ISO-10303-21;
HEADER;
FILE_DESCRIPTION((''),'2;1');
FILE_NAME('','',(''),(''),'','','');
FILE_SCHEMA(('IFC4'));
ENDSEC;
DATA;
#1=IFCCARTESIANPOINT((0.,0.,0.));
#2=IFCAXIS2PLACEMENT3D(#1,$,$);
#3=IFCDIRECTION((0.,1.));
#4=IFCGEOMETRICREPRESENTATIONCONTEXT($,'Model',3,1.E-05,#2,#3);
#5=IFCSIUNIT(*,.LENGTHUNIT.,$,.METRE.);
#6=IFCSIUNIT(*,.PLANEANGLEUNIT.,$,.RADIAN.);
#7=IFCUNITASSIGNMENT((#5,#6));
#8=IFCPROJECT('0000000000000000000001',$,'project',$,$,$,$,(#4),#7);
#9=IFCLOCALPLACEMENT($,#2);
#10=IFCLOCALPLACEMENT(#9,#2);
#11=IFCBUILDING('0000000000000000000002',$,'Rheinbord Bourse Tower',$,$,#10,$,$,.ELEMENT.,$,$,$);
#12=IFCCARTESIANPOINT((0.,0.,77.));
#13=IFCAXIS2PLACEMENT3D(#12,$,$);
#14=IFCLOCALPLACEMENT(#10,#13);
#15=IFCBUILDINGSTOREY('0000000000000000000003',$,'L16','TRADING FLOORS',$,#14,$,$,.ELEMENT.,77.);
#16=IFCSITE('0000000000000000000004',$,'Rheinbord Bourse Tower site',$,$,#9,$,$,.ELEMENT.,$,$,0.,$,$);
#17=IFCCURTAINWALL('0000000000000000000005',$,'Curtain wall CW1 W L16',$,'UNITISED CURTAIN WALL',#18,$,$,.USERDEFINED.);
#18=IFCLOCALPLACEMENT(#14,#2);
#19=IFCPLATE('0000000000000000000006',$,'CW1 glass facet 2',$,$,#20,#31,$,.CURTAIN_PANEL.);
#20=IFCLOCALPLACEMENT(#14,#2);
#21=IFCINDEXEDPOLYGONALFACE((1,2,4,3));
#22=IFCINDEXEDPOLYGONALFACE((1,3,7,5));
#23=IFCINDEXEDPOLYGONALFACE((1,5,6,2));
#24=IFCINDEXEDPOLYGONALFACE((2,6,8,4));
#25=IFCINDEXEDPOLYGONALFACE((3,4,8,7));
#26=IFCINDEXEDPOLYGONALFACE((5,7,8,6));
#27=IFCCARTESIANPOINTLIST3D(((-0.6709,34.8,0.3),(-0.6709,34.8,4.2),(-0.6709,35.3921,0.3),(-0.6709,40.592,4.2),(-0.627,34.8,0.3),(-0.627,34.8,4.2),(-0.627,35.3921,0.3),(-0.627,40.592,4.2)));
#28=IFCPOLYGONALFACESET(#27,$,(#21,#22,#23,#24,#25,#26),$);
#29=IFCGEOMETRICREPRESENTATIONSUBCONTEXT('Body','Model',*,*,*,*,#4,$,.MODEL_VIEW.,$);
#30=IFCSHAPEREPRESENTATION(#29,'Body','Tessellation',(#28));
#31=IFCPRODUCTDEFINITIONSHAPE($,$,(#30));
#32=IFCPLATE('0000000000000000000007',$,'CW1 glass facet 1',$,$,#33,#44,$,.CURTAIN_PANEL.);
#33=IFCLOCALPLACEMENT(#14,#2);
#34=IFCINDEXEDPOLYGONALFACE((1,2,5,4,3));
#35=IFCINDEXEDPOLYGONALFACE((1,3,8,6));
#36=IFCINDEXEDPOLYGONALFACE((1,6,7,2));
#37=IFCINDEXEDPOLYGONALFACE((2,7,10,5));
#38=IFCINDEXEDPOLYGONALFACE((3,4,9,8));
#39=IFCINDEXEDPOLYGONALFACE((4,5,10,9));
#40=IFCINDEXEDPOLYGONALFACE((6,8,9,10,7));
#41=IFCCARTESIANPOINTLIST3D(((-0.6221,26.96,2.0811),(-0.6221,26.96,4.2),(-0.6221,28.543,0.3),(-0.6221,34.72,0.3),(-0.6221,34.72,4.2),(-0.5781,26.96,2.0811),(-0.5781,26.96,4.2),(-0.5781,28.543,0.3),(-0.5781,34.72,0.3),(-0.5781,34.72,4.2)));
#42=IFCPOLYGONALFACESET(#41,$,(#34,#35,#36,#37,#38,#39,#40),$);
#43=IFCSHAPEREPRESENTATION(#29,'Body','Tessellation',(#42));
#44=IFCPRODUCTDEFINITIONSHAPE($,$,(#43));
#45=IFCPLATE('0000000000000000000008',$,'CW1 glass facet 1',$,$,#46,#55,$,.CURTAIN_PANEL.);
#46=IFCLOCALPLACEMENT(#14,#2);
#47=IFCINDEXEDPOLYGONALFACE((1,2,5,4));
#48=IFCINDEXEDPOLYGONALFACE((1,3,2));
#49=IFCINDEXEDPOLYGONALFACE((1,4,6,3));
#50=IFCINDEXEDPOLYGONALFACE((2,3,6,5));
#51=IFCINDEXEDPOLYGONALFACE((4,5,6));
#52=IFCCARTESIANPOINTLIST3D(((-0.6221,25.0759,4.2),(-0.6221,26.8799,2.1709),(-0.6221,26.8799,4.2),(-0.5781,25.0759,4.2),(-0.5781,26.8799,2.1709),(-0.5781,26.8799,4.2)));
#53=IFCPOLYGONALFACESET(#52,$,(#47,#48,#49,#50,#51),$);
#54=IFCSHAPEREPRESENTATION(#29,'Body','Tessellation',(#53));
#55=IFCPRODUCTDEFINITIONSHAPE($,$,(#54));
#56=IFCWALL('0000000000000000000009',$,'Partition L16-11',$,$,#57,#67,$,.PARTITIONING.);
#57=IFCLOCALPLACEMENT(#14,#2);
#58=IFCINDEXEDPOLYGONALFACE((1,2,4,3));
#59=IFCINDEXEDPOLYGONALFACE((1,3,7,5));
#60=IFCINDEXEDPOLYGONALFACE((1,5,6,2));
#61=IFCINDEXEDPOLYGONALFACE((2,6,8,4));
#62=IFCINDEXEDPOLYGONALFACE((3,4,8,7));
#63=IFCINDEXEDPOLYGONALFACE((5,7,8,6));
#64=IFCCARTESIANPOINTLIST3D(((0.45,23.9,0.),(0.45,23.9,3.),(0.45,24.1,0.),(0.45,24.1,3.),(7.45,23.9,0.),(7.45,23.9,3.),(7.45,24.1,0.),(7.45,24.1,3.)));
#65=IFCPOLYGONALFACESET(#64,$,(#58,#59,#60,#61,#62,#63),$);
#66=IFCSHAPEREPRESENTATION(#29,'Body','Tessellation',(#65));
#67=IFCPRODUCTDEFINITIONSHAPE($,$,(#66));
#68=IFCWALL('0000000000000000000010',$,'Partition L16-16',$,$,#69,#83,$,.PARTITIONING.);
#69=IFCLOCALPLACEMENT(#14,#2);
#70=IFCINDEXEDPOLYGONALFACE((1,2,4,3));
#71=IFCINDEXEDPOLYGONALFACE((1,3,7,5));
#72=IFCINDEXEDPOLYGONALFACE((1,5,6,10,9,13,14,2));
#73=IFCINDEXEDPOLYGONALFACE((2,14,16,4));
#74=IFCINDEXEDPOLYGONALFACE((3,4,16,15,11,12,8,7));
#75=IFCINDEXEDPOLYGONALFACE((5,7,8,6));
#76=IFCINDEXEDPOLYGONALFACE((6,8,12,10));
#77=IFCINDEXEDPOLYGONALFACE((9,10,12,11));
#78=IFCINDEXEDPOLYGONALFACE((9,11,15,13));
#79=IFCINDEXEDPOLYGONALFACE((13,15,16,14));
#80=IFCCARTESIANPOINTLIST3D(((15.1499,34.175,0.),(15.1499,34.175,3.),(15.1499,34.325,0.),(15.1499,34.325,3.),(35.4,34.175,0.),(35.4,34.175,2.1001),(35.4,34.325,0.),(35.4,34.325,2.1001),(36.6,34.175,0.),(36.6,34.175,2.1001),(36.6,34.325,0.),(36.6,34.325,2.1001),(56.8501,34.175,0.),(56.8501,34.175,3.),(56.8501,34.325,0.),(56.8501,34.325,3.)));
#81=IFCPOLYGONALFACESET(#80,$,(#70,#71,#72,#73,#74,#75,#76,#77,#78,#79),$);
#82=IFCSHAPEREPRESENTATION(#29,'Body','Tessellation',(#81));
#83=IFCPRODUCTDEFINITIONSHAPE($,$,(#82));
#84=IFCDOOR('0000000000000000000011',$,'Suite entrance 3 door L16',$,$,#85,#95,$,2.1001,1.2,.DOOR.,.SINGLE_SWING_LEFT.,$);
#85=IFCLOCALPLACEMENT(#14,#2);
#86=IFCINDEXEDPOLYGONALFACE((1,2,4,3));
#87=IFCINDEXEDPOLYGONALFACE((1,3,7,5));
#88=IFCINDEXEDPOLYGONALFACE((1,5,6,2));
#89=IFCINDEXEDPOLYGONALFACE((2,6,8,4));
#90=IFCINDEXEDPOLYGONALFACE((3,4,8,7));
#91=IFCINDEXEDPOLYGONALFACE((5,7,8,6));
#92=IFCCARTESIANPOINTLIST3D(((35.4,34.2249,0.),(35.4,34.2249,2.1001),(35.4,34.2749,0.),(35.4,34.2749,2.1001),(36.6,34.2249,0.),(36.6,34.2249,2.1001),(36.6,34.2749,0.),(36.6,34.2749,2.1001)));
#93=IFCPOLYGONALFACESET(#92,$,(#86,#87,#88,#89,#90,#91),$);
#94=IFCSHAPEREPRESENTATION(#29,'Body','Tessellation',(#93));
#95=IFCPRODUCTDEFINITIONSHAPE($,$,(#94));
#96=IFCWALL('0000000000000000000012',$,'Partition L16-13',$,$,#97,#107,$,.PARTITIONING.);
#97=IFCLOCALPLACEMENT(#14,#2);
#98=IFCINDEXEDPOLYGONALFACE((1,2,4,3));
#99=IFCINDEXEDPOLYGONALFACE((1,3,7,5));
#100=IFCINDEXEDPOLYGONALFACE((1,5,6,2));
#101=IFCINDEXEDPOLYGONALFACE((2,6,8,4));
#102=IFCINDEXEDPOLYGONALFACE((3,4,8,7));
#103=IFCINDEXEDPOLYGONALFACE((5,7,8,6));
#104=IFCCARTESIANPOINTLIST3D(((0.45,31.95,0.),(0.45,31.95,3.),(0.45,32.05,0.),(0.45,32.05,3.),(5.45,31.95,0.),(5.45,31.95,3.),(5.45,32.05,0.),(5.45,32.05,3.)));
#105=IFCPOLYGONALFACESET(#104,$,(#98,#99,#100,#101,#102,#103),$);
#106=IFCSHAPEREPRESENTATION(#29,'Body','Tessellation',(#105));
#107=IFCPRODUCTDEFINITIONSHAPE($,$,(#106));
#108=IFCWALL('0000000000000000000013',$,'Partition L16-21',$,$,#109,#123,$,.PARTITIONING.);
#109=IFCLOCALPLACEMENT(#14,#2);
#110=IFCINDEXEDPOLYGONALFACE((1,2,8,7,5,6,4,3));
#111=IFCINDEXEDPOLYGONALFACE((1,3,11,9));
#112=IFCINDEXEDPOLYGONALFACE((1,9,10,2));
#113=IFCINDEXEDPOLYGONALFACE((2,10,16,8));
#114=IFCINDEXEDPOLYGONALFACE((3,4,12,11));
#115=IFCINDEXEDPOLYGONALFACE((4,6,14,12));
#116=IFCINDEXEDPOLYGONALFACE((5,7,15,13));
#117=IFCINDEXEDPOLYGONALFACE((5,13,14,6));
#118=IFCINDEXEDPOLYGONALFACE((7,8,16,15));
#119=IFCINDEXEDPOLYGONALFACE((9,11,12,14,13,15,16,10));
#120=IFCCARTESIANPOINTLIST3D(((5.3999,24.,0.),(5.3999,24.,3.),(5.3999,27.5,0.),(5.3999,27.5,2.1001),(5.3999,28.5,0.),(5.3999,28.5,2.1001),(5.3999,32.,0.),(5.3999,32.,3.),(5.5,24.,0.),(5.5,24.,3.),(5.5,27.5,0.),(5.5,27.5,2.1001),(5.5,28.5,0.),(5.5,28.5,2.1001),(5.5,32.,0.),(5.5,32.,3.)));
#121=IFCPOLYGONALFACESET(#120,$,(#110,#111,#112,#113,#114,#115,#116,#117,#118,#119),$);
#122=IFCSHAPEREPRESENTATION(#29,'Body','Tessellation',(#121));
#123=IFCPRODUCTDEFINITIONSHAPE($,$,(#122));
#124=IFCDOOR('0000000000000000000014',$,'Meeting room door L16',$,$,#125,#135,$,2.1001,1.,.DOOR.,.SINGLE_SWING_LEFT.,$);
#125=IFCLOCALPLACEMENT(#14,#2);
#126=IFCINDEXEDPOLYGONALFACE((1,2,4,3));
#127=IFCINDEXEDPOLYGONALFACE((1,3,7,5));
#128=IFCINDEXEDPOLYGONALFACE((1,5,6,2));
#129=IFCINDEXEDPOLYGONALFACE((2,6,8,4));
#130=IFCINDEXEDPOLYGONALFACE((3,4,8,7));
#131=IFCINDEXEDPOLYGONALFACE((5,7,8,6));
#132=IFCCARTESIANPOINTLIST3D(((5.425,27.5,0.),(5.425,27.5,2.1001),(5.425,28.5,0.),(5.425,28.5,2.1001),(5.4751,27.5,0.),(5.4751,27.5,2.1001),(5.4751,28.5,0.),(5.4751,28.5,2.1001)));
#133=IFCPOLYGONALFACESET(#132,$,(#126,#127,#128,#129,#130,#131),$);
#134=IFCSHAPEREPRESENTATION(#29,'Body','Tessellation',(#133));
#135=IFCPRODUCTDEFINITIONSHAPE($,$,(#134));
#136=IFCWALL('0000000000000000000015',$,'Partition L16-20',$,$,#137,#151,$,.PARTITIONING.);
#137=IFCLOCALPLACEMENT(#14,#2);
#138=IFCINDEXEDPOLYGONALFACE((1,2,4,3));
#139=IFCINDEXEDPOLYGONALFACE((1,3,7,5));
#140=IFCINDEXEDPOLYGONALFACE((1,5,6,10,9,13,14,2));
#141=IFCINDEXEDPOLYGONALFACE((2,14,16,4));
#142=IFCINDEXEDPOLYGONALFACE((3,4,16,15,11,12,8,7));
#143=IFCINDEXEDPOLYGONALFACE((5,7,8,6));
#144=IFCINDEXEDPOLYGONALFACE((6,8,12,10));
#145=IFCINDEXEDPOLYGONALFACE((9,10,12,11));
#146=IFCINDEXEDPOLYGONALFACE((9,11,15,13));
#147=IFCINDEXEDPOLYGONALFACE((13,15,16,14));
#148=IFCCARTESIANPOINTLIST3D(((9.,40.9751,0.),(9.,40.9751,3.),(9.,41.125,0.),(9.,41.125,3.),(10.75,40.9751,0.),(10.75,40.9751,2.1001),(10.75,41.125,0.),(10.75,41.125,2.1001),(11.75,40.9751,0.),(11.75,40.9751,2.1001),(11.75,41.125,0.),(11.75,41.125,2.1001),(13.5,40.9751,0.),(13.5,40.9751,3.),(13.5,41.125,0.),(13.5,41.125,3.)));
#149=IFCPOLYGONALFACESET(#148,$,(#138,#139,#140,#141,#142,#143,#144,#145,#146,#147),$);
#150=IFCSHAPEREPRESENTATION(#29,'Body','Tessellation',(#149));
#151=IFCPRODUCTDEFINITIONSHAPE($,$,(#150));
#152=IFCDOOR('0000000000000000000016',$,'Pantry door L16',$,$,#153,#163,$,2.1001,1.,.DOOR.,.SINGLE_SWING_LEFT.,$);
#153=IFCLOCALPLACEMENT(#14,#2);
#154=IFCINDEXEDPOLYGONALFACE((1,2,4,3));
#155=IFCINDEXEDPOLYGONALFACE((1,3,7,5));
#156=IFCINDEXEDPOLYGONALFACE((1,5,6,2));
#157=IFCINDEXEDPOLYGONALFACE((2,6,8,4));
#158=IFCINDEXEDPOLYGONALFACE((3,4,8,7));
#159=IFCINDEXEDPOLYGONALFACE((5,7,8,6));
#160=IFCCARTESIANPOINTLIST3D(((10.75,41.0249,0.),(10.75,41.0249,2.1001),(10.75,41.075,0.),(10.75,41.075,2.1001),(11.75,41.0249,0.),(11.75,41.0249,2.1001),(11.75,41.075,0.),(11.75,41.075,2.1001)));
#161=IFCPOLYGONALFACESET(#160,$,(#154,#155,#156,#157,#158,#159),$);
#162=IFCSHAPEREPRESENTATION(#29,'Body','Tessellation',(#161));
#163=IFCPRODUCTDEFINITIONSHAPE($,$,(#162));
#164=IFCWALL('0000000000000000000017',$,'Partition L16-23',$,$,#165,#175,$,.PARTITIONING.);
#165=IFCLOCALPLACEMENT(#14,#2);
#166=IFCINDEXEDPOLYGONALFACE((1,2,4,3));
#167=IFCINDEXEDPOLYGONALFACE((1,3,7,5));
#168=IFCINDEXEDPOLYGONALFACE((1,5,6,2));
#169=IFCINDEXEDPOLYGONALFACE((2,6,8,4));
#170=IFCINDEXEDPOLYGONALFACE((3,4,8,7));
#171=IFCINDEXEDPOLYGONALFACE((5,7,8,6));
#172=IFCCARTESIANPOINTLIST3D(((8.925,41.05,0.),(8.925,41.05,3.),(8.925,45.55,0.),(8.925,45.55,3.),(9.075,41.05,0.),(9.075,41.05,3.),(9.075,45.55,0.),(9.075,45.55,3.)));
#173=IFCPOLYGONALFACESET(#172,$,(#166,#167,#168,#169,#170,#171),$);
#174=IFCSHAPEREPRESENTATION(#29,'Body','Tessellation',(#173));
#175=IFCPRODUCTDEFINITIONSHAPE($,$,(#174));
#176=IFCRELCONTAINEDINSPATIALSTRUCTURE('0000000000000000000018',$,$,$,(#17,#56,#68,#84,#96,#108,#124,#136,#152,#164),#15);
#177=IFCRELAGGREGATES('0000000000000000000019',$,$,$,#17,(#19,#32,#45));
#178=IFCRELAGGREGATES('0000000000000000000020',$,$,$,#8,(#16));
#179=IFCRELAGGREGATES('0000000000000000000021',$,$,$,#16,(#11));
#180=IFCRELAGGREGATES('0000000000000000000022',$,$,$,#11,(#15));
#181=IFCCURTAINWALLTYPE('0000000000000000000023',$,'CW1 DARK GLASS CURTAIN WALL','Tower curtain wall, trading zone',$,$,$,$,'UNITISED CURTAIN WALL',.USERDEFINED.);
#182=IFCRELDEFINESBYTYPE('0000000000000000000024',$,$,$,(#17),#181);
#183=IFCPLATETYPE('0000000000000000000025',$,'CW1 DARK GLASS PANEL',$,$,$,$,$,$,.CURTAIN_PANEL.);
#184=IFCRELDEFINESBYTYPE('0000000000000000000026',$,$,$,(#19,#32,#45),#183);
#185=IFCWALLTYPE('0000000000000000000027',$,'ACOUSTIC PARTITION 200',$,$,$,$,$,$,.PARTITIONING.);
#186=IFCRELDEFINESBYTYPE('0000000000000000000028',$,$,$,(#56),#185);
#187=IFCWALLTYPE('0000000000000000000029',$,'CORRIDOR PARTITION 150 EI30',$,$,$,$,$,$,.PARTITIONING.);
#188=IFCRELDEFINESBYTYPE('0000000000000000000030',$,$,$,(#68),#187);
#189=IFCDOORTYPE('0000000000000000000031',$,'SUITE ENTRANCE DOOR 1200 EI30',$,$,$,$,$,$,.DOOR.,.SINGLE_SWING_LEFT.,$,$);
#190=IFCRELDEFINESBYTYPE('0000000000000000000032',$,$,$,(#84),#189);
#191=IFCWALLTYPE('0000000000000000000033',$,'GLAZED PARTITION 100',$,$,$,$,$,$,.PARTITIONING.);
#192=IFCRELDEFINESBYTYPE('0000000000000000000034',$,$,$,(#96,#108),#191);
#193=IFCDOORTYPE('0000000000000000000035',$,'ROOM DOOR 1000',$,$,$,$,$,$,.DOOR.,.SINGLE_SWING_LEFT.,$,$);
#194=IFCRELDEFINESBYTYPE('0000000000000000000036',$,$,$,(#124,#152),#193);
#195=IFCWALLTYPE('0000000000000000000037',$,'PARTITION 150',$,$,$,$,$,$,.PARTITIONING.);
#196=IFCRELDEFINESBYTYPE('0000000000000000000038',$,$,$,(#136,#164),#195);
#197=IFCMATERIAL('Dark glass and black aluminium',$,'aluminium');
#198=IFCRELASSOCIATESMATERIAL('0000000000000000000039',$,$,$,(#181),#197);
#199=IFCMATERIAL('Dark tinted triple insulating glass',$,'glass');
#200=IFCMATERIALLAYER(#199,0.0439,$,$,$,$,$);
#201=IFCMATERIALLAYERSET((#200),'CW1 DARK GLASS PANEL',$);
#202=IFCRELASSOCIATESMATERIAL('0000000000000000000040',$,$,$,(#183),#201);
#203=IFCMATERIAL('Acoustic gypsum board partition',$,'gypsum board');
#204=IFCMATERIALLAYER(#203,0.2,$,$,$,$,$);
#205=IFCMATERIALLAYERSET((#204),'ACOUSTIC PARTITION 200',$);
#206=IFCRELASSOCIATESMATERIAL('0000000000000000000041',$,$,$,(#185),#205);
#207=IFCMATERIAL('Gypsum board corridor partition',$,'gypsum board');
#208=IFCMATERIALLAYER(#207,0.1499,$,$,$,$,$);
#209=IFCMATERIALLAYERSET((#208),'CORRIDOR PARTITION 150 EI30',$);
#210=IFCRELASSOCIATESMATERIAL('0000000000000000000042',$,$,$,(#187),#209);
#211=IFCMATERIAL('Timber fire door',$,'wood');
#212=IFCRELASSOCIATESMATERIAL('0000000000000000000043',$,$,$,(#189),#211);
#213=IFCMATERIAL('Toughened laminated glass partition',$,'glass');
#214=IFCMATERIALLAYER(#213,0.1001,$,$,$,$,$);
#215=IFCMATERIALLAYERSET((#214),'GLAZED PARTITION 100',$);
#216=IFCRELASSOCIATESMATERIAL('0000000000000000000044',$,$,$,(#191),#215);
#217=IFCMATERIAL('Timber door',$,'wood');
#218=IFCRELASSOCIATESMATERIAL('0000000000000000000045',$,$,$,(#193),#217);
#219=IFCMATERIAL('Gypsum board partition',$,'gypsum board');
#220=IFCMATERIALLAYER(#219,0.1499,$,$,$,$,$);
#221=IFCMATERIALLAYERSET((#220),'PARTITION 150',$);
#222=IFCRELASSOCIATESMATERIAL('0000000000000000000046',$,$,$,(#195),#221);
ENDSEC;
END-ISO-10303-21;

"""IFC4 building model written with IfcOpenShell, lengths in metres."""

from ifc_helpers import new_model, si_unit, direction, frame, frame_2d, origin, place, context, subcontext, project, spatial, polyline, rectangle, outline, extrude, material, layer, layer_set, type_object, element, fill, aggregate, save


model = new_model("IFC4")

# Units and contexts
model_context = context("Model", 3, precision=1e-05, world=origin(), true_north=direction((0.0, 1.0)))
body_context = subcontext(model_context, "Body", "Model", "MODEL_VIEW")
ifc_project = project(units=[si_unit("LENGTHUNIT", "METRE"), si_unit("PLANEANGLEUNIT", "RADIAN")], contexts=[model_context])

# Site, building, storey
site_placement = place(None, origin())
site = spatial("IfcSite", under=ifc_project, at=site_placement, Name="Rheinbord Bourse Tower site", CompositionType="ELEMENT", RefElevation=0.0)
building_placement = place(site_placement, origin())
building = spatial("IfcBuilding", under=site, at=building_placement, Name="Rheinbord Bourse Tower", CompositionType="ELEMENT")
storey_placement = place(building_placement, frame((0.0, 0.0, 77.0)))
storey = spatial("IfcBuildingStorey", under=building, at=storey_placement, Name="L16", Description="TRADING FLOORS", CompositionType="ELEMENT", Elevation=77.0)

# Curtain wall
ifc_material_1 = material(Name="Dark glass and black aluminium", Category="aluminium")
curtain_wall_type = type_object("IfcCurtainWallType", Name="CW1 DARK GLASS CURTAIN WALL", Description="Tower curtain wall, trading zone", ElementType="UNITISED CURTAIN WALL", PredefinedType="USERDEFINED", material=ifc_material_1)
curtain_wall_placement = place(storey_placement, origin())
curtain_wall = element("IfcCurtainWall", 1, at=curtain_wall_placement, inside=storey, type_object=curtain_wall_type, Name="Curtain wall CW1 W L16", ObjectType="UNITISED CURTAIN WALL", PredefinedType="USERDEFINED")

# Plates
ifc_material_2 = material(Name="Dark tinted triple insulating glass", Category="glass")
ifc_layer_1 = layer(ifc_material_2, 0.0439)
ifc_layer_set_1 = layer_set([ifc_layer_1], Name="CW1 DARK GLASS PANEL")
plate_type = type_object("IfcPlateType", Name="CW1 DARK GLASS PANEL", PredefinedType="CURTAIN_PANEL", material=ifc_layer_set_1)
plate_1_placement = place(storey_placement, frame((-0.6709, 34.8, 4.2), z_axis=(1.0, 0.0, 0.0), x_axis=(0.0, 0.0, -1.0)))
plate_1 = element("IfcPlate", 2, at=plate_1_placement, type_object=plate_type, Name="CW1 glass facet 2", PredefinedType="CURTAIN_PANEL", context=body_context, shape_type="SweptSolid", body=[
    extrude(outline(polyline([(0.0, 0.0), (3.8999, 0.0), (3.8999, 0.592), (0.0, 5.792), (0.0, 0.0)])), origin(), (0.0, 0.0, 1.0), 0.0439),
])
plate_2_placement = place(storey_placement, frame((-0.6221, 34.72, 0.3), z_axis=(1.0, 0.0, 0.0), x_axis=(0.0, 0.0, 1.0)))
plate_2 = element("IfcPlate", 3, at=plate_2_placement, type_object=plate_type, Name="CW1 glass facet 1", PredefinedType="CURTAIN_PANEL", context=body_context, shape_type="SweptSolid", body=[
    extrude(outline(polyline([(0.0, 0.0), (3.8999, 0.0), (3.8999, 7.76), (1.781, 7.76), (0.0, 6.177), (0.0, 0.0)])), origin(), (0.0, 0.0, 1.0), 0.0439),
])
plate_3_placement = place(storey_placement, frame((-0.6221, 26.8799, 4.2), z_axis=(1.0, 0.0, 0.0), x_axis=(0.0, -1.0, 0.0)))
plate_3 = element("IfcPlate", 4, at=plate_3_placement, type_object=plate_type, Name="CW1 glass facet 1", PredefinedType="CURTAIN_PANEL", context=body_context, shape_type="SweptSolid", body=[
    extrude(outline(polyline([(0.0, 0.0), (1.804, 0.0), (0.0, 2.0291), (0.0, 0.0)])), origin(), (0.0, 0.0, 1.0), 0.0439),
])
aggregate(curtain_wall, [plate_1, plate_2, plate_3])

# Wall
ifc_material_3 = material(Name="Acoustic gypsum board partition", Category="gypsum board")
ifc_layer_2 = layer(ifc_material_3, 0.2)
ifc_layer_set_2 = layer_set([ifc_layer_2], Name="ACOUSTIC PARTITION 200")
wall_type_1 = type_object("IfcWallType", Name="ACOUSTIC PARTITION 200", PredefinedType="PARTITIONING", material=ifc_layer_set_2)
wall_1_placement = place(storey_placement, frame((0.45, 24.0, 0.0), z_axis=(0.0, 0.0, 1.0), x_axis=(1.0, 0.0, 0.0)))
element("IfcWall", 5, at=wall_1_placement, inside=storey, type_object=wall_type_1, Name="Partition L16-11", PredefinedType="PARTITIONING", context=body_context, shape_type="SweptSolid", body=[
    extrude(rectangle(XDim=7.0, YDim=0.2, at=frame_2d((3.5, 0.0))), origin(), (0.0, 0.0, 1.0), 3.0),
])

# Wall, opening, door
ifc_material_4 = material(Name="Gypsum board corridor partition", Category="gypsum board")
ifc_layer_3 = layer(ifc_material_4, 0.1499)
ifc_layer_set_3 = layer_set([ifc_layer_3], Name="CORRIDOR PARTITION 150 EI30")
wall_type_2 = type_object("IfcWallType", Name="CORRIDOR PARTITION 150 EI30", PredefinedType="PARTITIONING", material=ifc_layer_set_3)
wall_2_placement = place(storey_placement, frame((15.1499, 34.25, 0.0), z_axis=(0.0, 0.0, 1.0), x_axis=(1.0, 0.0, 0.0)))
wall_2 = element("IfcWall", 6, at=wall_2_placement, inside=storey, type_object=wall_type_2, Name="Partition L16-16", PredefinedType="PARTITIONING", context=body_context, shape_type="SweptSolid", body=[
    extrude(rectangle(XDim=41.7002, YDim=0.1499, at=frame_2d((20.8501, 0.0))), origin(), (0.0, 0.0, 1.0), 3.0),
])
opening_1_placement = place(wall_2_placement, frame((20.25, 0.0, 0.0)))
opening_1 = element("IfcOpeningElement", 7, at=opening_1_placement, cuts=wall_2, PredefinedType="OPENING", context=body_context, shape_type="SweptSolid", body=[
    extrude(rectangle(XDim=1.2, YDim=2.1001, at=frame_2d((0.6001, 1.05))), frame((0.0, 0.085, 0.0), z_axis=(0.0, -1.0, 0.0), x_axis=(1.0, 0.0, 0.0)), (0.0, 0.0, 1.0), 0.1699),
])
ifc_material_5 = material(Name="Timber fire door", Category="wood")
door_type_1 = type_object("IfcDoorType", Name="SUITE ENTRANCE DOOR 1200 EI30", OperationType="SINGLE_SWING_LEFT", PredefinedType="DOOR", material=ifc_material_5)
door_1_placement = place(opening_1_placement, origin())
door_1 = element("IfcDoor", 8, at=door_1_placement, inside=storey, type_object=door_type_1, Name="Suite entrance 3 door L16", OperationType="SINGLE_SWING_LEFT", OverallHeight=2.1001, OverallWidth=1.2, PredefinedType="DOOR", context=body_context, shape_type="SweptSolid", body=[
    extrude(rectangle(XDim=1.2, YDim=2.1001, at=frame_2d((0.6001, 1.05))), frame((0.0, 0.0249, 0.0), z_axis=(0.0, -1.0, 0.0), x_axis=(1.0, 0.0, 0.0)), (0.0, 0.0, 1.0), 0.05),
])
fill(opening_1, door_1)

# Wall
ifc_material_6 = material(Name="Toughened laminated glass partition", Category="glass")
ifc_layer_4 = layer(ifc_material_6, 0.1001)
ifc_layer_set_4 = layer_set([ifc_layer_4], Name="GLAZED PARTITION 100")
wall_type_3 = type_object("IfcWallType", Name="GLAZED PARTITION 100", PredefinedType="PARTITIONING", material=ifc_layer_set_4)
wall_3_placement = place(storey_placement, frame((0.45, 32.0, 0.0), z_axis=(0.0, 0.0, 1.0), x_axis=(1.0, 0.0, 0.0)))
element("IfcWall", 9, at=wall_3_placement, inside=storey, type_object=wall_type_3, Name="Partition L16-13", PredefinedType="PARTITIONING", context=body_context, shape_type="SweptSolid", body=[
    extrude(rectangle(XDim=5.0, YDim=0.1001, at=frame_2d((2.5, 0.0))), origin(), (0.0, 0.0, 1.0), 3.0),
])

# Walls, openings, doors
wall_4_placement = place(storey_placement, frame((5.45, 24.0, 0.0), z_axis=(0.0, 0.0, 1.0), x_axis=(0.0, 1.0, 0.0)))
wall_4 = element("IfcWall", 10, at=wall_4_placement, inside=storey, type_object=wall_type_3, Name="Partition L16-21", PredefinedType="PARTITIONING", context=body_context, shape_type="SweptSolid", body=[
    extrude(rectangle(XDim=8.0, YDim=0.1001, at=frame_2d((4.0, 0.0))), origin(), (0.0, 0.0, 1.0), 3.0),
])
opening_2_placement = place(wall_4_placement, frame((3.5, 0.0, 0.0)))
opening_2 = element("IfcOpeningElement", 11, at=opening_2_placement, cuts=wall_4, PredefinedType="OPENING", context=body_context, shape_type="SweptSolid", body=[
    extrude(rectangle(XDim=1.0, YDim=2.1001, at=frame_2d((0.5, 1.05))), frame((0.0, 0.0601, 0.0), z_axis=(0.0, -1.0, 0.0), x_axis=(1.0, 0.0, 0.0)), (0.0, 0.0, 1.0), 0.1201),
])
ifc_material_7 = material(Name="Timber door", Category="wood")
door_type_2 = type_object("IfcDoorType", Name="ROOM DOOR 1000", OperationType="SINGLE_SWING_LEFT", PredefinedType="DOOR", material=ifc_material_7)
door_2_placement = place(opening_2_placement, origin())
door_2 = element("IfcDoor", 12, at=door_2_placement, inside=storey, type_object=door_type_2, Name="Meeting room door L16", OperationType="SINGLE_SWING_LEFT", OverallHeight=2.1001, OverallWidth=1.0, PredefinedType="DOOR", context=body_context, shape_type="SweptSolid", body=[
    extrude(rectangle(XDim=1.0, YDim=2.1001, at=frame_2d((0.5, 1.05))), frame((0.0, 0.0249, 0.0), z_axis=(0.0, -1.0, 0.0), x_axis=(1.0, 0.0, 0.0)), (0.0, 0.0, 1.0), 0.05),
])
fill(opening_2, door_2)
ifc_material_8 = material(Name="Gypsum board partition", Category="gypsum board")
ifc_layer_5 = layer(ifc_material_8, 0.1499)
ifc_layer_set_5 = layer_set([ifc_layer_5], Name="PARTITION 150")
wall_type_4 = type_object("IfcWallType", Name="PARTITION 150", PredefinedType="PARTITIONING", material=ifc_layer_set_5)
wall_5_placement = place(storey_placement, frame((9.0, 41.05, 0.0), z_axis=(0.0, 0.0, 1.0), x_axis=(1.0, 0.0, 0.0)))
wall_5 = element("IfcWall", 13, at=wall_5_placement, inside=storey, type_object=wall_type_4, Name="Partition L16-20", PredefinedType="PARTITIONING", context=body_context, shape_type="SweptSolid", body=[
    extrude(rectangle(XDim=4.5, YDim=0.1499, at=frame_2d((2.25, 0.0))), origin(), (0.0, 0.0, 1.0), 3.0),
])
opening_3_placement = place(wall_5_placement, frame((1.75, 0.0, 0.0)))
opening_3 = element("IfcOpeningElement", 14, at=opening_3_placement, cuts=wall_5, PredefinedType="OPENING", context=body_context, shape_type="SweptSolid", body=[
    extrude(rectangle(XDim=1.0, YDim=2.1001, at=frame_2d((0.5, 1.05))), frame((0.0, 0.085, 0.0), z_axis=(0.0, -1.0, 0.0), x_axis=(1.0, 0.0, 0.0)), (0.0, 0.0, 1.0), 0.1699),
])
door_3_placement = place(opening_3_placement, origin())
door_3 = element("IfcDoor", 15, at=door_3_placement, inside=storey, type_object=door_type_2, Name="Pantry door L16", OperationType="SINGLE_SWING_LEFT", OverallHeight=2.1001, OverallWidth=1.0, PredefinedType="DOOR", context=body_context, shape_type="SweptSolid", body=[
    extrude(rectangle(XDim=1.0, YDim=2.1001, at=frame_2d((0.5, 1.05))), frame((0.0, 0.0249, 0.0), z_axis=(0.0, -1.0, 0.0), x_axis=(1.0, 0.0, 0.0)), (0.0, 0.0, 1.0), 0.05),
])
fill(opening_3, door_3)

# Wall
wall_6_placement = place(storey_placement, frame((9.0, 41.05, 0.0), z_axis=(0.0, 0.0, 1.0), x_axis=(0.0, 1.0, 0.0)))
element("IfcWall", 16, at=wall_6_placement, inside=storey, type_object=wall_type_4, Name="Partition L16-23", PredefinedType="PARTITIONING", context=body_context, shape_type="SweptSolid", body=[
    extrude(rectangle(XDim=4.5, YDim=0.1499, at=frame_2d((2.25, 0.0))), origin(), (0.0, 0.0, 1.0), 3.0),
])

save(model, "model.ifc")
